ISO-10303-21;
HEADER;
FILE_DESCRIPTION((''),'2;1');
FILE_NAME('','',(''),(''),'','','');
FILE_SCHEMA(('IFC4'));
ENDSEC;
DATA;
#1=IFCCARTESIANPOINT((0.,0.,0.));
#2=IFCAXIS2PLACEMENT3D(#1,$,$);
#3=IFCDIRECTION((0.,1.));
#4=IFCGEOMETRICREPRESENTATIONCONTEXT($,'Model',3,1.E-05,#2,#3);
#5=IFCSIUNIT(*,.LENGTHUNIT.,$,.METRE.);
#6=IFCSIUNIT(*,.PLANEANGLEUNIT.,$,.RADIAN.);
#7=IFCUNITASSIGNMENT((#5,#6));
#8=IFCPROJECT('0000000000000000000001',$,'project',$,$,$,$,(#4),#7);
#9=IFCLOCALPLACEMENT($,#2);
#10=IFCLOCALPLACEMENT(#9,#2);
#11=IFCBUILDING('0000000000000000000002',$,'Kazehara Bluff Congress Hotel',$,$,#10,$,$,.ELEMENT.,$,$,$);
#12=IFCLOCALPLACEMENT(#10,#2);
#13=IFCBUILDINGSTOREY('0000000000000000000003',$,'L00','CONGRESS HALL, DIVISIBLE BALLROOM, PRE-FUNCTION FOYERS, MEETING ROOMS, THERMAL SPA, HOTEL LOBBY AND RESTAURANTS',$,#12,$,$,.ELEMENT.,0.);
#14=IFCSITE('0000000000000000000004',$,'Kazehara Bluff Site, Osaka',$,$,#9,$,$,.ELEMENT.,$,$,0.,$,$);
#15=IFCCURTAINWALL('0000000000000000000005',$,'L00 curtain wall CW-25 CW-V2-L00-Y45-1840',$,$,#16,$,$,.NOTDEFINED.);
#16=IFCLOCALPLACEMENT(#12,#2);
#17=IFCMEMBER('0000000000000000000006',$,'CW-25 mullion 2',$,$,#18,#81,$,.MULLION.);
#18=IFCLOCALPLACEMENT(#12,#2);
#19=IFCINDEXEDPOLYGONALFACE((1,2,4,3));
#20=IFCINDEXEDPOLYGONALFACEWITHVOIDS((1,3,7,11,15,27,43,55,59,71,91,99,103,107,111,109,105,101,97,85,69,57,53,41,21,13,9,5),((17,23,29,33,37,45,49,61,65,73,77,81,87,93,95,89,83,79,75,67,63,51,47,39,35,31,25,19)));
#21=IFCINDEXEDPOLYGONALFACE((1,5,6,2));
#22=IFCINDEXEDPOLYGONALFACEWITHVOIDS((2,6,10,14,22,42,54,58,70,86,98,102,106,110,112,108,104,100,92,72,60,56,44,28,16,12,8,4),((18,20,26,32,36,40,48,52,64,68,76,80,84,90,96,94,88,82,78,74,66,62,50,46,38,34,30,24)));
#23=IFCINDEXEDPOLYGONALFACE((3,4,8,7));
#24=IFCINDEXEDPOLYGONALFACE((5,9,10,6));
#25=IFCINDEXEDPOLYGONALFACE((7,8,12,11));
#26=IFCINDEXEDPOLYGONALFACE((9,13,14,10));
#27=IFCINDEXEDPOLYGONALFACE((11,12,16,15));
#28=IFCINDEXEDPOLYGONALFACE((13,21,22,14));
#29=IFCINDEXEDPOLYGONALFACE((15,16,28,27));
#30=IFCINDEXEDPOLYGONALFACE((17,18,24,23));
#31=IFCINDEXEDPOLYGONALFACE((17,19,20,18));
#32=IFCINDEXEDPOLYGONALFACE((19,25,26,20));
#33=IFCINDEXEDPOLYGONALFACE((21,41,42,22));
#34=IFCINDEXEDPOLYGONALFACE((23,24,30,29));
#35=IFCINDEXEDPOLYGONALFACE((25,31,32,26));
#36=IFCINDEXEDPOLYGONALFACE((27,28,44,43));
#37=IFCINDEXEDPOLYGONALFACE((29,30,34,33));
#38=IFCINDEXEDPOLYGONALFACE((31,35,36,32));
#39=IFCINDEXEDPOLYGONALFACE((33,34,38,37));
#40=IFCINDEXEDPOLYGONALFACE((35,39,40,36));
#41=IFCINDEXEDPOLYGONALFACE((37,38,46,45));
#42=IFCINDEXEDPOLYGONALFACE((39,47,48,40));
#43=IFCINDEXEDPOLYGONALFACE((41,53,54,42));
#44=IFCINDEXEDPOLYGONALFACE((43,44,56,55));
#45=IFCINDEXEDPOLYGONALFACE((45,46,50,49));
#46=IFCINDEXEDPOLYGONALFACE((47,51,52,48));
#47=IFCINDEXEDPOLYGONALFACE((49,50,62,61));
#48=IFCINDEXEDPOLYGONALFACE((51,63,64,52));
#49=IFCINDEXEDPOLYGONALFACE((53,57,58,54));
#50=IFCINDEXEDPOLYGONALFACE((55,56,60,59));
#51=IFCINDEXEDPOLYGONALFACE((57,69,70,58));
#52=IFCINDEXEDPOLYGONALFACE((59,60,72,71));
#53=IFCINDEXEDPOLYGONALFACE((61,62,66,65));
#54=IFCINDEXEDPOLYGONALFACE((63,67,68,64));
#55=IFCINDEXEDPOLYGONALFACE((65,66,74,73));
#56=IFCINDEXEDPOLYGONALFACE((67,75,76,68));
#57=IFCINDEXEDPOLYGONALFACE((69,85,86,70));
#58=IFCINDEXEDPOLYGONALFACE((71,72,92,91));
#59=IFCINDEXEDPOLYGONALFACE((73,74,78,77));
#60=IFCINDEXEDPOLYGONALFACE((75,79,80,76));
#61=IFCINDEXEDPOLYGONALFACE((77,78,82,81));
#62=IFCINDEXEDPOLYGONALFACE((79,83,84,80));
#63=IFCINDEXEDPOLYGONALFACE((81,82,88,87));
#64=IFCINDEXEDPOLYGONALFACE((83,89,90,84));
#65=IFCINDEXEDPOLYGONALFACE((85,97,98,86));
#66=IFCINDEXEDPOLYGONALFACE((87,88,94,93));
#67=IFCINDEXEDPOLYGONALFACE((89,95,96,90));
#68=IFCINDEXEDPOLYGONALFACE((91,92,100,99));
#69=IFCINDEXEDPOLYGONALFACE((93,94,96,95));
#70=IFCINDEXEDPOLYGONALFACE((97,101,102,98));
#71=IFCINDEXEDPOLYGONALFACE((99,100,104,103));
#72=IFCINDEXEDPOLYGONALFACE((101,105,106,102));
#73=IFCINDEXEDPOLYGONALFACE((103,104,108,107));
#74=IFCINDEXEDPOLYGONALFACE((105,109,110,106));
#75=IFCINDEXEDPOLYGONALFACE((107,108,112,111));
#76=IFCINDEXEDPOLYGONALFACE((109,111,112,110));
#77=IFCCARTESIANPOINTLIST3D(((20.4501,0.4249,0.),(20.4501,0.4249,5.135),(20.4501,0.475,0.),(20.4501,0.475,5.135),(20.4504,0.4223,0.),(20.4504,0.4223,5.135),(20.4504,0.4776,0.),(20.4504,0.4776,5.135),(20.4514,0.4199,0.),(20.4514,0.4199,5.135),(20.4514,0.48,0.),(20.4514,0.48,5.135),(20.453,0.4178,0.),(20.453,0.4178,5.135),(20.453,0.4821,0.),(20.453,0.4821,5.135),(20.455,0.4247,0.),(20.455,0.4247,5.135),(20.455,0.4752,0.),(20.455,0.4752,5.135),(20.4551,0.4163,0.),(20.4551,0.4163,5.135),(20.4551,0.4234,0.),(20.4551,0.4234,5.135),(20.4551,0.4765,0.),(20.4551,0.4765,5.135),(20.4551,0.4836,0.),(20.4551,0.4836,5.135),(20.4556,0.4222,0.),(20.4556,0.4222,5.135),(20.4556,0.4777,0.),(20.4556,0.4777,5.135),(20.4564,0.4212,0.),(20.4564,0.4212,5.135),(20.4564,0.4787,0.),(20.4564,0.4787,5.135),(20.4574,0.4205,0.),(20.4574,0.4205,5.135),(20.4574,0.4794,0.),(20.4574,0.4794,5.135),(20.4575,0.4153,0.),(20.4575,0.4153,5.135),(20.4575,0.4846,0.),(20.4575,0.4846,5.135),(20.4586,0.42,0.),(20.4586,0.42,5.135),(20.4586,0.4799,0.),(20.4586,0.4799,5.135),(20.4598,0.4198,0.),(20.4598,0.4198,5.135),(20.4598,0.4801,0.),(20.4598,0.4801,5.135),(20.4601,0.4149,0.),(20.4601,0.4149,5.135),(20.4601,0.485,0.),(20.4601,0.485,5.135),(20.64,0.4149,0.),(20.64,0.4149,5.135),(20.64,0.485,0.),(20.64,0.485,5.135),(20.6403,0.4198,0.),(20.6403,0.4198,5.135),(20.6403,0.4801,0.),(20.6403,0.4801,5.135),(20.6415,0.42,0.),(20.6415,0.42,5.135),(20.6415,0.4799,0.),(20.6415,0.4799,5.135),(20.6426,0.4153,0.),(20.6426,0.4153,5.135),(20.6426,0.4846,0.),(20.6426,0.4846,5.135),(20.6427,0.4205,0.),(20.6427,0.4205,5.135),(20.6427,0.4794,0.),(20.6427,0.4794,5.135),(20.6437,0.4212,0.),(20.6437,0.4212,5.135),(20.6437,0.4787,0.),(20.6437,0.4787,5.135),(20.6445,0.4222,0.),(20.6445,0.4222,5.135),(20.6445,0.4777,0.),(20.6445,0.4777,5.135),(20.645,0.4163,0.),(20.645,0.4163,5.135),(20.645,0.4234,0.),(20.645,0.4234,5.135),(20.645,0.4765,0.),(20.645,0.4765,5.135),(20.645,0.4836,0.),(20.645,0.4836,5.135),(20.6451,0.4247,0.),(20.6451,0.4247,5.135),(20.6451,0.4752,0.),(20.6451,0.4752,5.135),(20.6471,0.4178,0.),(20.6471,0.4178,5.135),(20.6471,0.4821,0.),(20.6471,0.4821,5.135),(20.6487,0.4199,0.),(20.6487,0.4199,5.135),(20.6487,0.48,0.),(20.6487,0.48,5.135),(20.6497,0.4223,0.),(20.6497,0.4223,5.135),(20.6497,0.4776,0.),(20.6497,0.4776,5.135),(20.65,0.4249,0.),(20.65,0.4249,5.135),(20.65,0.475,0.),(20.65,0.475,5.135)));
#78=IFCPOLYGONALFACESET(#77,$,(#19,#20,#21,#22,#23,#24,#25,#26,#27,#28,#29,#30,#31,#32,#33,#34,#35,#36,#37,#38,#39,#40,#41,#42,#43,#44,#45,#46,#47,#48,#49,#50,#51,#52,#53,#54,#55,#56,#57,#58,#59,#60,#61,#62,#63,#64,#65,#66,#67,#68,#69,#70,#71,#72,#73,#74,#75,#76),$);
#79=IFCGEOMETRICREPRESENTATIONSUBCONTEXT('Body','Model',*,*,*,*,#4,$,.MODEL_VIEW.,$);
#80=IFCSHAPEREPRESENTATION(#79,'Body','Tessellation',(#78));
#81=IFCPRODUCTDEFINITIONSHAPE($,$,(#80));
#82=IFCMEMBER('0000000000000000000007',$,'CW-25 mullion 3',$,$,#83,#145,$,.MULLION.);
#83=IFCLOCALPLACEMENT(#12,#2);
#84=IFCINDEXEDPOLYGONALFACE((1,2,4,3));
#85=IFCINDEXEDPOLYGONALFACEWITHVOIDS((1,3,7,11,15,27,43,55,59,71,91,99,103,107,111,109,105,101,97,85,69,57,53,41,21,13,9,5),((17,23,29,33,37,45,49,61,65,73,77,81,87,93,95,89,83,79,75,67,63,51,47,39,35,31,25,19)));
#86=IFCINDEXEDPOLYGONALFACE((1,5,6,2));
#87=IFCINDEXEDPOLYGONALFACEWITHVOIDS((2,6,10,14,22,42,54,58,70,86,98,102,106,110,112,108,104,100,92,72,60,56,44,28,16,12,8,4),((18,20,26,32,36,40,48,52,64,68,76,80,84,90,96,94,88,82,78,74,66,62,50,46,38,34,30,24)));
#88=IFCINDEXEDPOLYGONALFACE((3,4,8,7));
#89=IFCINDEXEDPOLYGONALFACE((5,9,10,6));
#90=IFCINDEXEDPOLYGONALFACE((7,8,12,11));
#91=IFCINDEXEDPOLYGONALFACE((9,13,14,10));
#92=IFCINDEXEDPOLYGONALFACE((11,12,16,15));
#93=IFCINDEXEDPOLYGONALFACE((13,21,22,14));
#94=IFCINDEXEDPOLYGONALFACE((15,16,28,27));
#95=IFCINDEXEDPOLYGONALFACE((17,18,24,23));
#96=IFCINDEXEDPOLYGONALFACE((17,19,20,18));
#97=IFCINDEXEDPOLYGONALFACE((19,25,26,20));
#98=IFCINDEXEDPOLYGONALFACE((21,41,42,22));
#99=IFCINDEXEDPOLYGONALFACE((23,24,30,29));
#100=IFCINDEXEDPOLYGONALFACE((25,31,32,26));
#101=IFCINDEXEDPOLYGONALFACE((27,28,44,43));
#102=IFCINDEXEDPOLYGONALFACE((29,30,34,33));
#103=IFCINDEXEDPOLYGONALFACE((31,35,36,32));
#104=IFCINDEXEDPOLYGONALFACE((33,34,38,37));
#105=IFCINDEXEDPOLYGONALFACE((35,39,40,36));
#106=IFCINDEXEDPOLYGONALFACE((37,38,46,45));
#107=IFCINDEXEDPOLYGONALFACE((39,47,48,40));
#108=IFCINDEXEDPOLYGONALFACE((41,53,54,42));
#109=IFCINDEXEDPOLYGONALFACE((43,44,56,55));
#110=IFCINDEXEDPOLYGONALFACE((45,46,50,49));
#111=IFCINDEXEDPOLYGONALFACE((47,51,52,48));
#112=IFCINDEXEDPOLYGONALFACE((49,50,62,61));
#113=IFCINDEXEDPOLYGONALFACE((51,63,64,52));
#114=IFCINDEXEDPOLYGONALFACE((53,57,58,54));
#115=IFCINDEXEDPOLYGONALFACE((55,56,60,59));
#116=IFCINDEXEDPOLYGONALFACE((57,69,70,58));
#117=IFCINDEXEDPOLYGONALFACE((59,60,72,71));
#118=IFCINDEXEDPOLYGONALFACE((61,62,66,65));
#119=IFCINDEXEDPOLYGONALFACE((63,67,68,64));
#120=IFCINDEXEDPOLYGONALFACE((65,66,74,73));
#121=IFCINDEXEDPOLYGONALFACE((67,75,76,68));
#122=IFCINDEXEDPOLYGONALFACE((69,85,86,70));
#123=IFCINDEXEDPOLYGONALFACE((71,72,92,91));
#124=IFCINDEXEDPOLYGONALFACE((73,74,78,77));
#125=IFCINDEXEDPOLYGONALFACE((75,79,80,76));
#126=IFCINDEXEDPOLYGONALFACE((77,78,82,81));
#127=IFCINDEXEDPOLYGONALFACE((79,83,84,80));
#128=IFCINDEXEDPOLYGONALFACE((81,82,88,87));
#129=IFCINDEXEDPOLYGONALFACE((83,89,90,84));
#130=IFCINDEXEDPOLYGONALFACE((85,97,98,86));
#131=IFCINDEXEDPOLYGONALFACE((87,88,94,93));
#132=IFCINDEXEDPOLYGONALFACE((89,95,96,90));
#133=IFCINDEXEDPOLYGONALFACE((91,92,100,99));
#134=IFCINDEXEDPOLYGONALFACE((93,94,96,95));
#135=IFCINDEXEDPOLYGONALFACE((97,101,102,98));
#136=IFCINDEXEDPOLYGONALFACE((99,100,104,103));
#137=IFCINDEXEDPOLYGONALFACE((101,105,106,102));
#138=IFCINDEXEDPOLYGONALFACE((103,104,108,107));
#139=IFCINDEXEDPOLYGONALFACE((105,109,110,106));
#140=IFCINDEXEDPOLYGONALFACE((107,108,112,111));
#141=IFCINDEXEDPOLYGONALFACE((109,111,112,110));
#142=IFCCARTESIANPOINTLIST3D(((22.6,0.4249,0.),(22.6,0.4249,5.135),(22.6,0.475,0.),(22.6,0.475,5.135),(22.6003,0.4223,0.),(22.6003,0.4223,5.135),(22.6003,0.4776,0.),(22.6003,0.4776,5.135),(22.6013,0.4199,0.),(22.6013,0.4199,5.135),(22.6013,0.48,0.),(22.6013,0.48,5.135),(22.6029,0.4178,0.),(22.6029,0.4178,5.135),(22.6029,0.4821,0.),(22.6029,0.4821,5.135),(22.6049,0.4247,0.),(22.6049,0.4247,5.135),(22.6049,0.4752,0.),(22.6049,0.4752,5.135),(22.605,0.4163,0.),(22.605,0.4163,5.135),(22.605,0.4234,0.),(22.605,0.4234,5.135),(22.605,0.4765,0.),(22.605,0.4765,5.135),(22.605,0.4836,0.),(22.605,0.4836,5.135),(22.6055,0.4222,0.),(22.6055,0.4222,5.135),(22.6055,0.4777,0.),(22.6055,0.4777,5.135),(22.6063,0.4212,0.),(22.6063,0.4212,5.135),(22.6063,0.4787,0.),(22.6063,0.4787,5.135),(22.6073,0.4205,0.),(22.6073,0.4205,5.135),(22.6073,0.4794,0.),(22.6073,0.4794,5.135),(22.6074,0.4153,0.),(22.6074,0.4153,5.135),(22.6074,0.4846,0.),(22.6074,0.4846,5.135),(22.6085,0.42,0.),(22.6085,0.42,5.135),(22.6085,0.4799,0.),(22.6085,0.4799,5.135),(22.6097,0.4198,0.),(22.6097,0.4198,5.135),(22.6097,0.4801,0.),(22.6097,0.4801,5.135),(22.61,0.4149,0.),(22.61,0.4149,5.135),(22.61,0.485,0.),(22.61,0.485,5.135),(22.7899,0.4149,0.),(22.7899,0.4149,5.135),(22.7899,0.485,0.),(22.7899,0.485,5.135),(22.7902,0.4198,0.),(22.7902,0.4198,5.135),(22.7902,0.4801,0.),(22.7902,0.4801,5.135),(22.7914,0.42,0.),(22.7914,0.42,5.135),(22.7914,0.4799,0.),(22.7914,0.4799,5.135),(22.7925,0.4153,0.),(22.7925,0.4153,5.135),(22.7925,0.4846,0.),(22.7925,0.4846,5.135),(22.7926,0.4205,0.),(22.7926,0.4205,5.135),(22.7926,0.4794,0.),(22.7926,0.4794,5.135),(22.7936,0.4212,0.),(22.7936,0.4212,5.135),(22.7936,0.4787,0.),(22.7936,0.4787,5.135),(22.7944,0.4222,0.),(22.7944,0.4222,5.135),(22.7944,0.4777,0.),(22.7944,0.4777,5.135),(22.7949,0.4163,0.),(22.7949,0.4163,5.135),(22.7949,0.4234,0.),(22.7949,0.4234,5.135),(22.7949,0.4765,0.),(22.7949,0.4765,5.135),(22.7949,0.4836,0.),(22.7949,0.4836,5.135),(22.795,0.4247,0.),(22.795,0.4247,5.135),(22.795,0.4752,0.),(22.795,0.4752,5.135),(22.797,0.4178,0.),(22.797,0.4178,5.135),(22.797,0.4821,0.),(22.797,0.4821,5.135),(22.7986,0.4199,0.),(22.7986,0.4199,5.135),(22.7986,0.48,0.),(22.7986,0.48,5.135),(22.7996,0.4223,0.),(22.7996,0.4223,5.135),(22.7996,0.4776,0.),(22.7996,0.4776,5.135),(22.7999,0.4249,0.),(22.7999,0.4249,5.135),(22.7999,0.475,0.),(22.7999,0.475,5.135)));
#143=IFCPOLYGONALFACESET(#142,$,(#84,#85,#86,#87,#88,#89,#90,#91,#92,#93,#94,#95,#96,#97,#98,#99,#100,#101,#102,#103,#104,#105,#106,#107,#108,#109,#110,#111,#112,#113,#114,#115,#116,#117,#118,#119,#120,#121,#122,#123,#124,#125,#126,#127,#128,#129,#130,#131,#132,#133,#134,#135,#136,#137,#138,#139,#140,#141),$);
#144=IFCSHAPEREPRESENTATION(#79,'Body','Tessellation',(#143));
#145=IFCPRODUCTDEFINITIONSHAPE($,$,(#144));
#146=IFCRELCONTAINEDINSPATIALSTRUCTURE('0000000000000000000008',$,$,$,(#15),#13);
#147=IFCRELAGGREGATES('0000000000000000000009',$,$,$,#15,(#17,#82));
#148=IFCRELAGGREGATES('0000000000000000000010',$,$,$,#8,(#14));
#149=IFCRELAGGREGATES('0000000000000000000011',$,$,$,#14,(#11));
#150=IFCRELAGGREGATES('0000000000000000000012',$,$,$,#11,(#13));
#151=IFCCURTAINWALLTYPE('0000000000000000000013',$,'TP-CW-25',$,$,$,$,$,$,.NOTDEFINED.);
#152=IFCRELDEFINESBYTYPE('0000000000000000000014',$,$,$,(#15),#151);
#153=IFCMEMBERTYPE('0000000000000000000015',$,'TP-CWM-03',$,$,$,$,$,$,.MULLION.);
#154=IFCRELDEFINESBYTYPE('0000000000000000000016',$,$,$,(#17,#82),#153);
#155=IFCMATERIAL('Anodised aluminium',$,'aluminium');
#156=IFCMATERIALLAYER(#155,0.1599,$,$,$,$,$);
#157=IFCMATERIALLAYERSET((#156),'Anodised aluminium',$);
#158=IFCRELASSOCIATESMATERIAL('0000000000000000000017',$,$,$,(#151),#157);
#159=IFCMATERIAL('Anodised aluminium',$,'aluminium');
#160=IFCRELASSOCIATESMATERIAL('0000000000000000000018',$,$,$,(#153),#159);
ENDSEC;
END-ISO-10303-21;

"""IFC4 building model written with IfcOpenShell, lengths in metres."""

from ifc_helpers import new_model, si_unit, direction, frame, origin, origin_2d, place, context, subcontext, project, spatial, hollow_rectangle, extrude, material, layer, layer_set, material_profile, profile_set, type_object, element, aggregate, save


model = new_model("IFC4")

# Units and contexts
model_context = context("Model", 3, precision=1e-05, world=origin(), true_north=direction((0.0, 1.0)))
body_context = subcontext(model_context, "Body", "Model", "MODEL_VIEW")
ifc_project = project(units=[si_unit("LENGTHUNIT", "METRE"), si_unit("PLANEANGLEUNIT", "RADIAN")], contexts=[model_context])

# Site, building, storey
site_placement = place(None, origin())
site = spatial("IfcSite", under=ifc_project, at=site_placement, Name="Kazehara Bluff Site, Osaka", CompositionType="ELEMENT", RefElevation=0.0)
building_placement = place(site_placement, origin())
building = spatial("IfcBuilding", under=site, at=building_placement, Name="Kazehara Bluff Congress Hotel", CompositionType="ELEMENT")
storey_placement = place(building_placement, origin())
storey = spatial("IfcBuildingStorey", under=building, at=storey_placement, Name="L00", Description="CONGRESS HALL, DIVISIBLE BALLROOM, PRE-FUNCTION FOYERS, MEETING ROOMS, THERMAL SPA, HOTEL LOBBY AND RESTAURANTS", CompositionType="ELEMENT", Elevation=0.0)

# Curtain wall, members
ifc_material_1 = material(Name="Anodised aluminium", Category="aluminium")
ifc_layer_1 = layer(ifc_material_1, 0.1599)
ifc_layer_set_1 = layer_set([ifc_layer_1], Name="Anodised aluminium")
curtain_wall_type_1 = type_object("IfcCurtainWallType", Name="TP-CW-25", PredefinedType="NOTDEFINED", material=ifc_layer_set_1)
curtain_wall_1_placement = place(storey_placement, origin())
curtain_wall_1 = element("IfcCurtainWall", 1, at=curtain_wall_1_placement, inside=storey, type_object=curtain_wall_type_1, Name="L00 curtain wall CW-25 CW-V2-L00-Y45-1840", PredefinedType="NOTDEFINED")
ifc_material_2 = material(Name="Anodised aluminium", Category="aluminium")
ifc_material_profile_1 = material_profile(ifc_material_2, hollow_rectangle(XDim=0.0701, YDim=0.2, WallThickness=0.0049, InnerFilletRadius=0.0049, OuterFilletRadius=0.01, at=origin_2d()))
ifc_profile_set_1 = profile_set([ifc_material_profile_1], Name="Anodised aluminium")
member_type_1 = type_object("IfcMemberType", Name="TP-CWM-03", PredefinedType="MULLION", material=ifc_profile_set_1)
member_1_placement = place(storey_placement, frame((20.55, 0.45, 0.0), z_axis=(0.0, 0.0, 1.0), x_axis=(0.0, 1.0, 0.0)))
member_1 = element("IfcMember", 2, at=member_1_placement, type_object=member_type_1, Name="CW-25 mullion 2", PredefinedType="MULLION", context=body_context, shape_type="SweptSolid", body=[
    extrude(hollow_rectangle(XDim=0.0701, YDim=0.2, WallThickness=0.0049, InnerFilletRadius=0.0049, OuterFilletRadius=0.01, at=origin_2d()), origin(), (0.0, 0.0, 1.0), 5.135),
])
member_2_placement = place(storey_placement, frame((22.7, 0.45, 0.0), z_axis=(0.0, 0.0, 1.0), x_axis=(0.0, 1.0, 0.0)))
member_2 = element("IfcMember", 3, at=member_2_placement, type_object=member_type_1, Name="CW-25 mullion 3", PredefinedType="MULLION", context=body_context, shape_type="SweptSolid", body=[
    extrude(hollow_rectangle(XDim=0.0701, YDim=0.2, WallThickness=0.0049, InnerFilletRadius=0.0049, OuterFilletRadius=0.01, at=origin_2d()), origin(), (0.0, 0.0, 1.0), 5.135),
])

aggregate(curtain_wall_1, [member_1, member_2])

save(model, "model.ifc")
